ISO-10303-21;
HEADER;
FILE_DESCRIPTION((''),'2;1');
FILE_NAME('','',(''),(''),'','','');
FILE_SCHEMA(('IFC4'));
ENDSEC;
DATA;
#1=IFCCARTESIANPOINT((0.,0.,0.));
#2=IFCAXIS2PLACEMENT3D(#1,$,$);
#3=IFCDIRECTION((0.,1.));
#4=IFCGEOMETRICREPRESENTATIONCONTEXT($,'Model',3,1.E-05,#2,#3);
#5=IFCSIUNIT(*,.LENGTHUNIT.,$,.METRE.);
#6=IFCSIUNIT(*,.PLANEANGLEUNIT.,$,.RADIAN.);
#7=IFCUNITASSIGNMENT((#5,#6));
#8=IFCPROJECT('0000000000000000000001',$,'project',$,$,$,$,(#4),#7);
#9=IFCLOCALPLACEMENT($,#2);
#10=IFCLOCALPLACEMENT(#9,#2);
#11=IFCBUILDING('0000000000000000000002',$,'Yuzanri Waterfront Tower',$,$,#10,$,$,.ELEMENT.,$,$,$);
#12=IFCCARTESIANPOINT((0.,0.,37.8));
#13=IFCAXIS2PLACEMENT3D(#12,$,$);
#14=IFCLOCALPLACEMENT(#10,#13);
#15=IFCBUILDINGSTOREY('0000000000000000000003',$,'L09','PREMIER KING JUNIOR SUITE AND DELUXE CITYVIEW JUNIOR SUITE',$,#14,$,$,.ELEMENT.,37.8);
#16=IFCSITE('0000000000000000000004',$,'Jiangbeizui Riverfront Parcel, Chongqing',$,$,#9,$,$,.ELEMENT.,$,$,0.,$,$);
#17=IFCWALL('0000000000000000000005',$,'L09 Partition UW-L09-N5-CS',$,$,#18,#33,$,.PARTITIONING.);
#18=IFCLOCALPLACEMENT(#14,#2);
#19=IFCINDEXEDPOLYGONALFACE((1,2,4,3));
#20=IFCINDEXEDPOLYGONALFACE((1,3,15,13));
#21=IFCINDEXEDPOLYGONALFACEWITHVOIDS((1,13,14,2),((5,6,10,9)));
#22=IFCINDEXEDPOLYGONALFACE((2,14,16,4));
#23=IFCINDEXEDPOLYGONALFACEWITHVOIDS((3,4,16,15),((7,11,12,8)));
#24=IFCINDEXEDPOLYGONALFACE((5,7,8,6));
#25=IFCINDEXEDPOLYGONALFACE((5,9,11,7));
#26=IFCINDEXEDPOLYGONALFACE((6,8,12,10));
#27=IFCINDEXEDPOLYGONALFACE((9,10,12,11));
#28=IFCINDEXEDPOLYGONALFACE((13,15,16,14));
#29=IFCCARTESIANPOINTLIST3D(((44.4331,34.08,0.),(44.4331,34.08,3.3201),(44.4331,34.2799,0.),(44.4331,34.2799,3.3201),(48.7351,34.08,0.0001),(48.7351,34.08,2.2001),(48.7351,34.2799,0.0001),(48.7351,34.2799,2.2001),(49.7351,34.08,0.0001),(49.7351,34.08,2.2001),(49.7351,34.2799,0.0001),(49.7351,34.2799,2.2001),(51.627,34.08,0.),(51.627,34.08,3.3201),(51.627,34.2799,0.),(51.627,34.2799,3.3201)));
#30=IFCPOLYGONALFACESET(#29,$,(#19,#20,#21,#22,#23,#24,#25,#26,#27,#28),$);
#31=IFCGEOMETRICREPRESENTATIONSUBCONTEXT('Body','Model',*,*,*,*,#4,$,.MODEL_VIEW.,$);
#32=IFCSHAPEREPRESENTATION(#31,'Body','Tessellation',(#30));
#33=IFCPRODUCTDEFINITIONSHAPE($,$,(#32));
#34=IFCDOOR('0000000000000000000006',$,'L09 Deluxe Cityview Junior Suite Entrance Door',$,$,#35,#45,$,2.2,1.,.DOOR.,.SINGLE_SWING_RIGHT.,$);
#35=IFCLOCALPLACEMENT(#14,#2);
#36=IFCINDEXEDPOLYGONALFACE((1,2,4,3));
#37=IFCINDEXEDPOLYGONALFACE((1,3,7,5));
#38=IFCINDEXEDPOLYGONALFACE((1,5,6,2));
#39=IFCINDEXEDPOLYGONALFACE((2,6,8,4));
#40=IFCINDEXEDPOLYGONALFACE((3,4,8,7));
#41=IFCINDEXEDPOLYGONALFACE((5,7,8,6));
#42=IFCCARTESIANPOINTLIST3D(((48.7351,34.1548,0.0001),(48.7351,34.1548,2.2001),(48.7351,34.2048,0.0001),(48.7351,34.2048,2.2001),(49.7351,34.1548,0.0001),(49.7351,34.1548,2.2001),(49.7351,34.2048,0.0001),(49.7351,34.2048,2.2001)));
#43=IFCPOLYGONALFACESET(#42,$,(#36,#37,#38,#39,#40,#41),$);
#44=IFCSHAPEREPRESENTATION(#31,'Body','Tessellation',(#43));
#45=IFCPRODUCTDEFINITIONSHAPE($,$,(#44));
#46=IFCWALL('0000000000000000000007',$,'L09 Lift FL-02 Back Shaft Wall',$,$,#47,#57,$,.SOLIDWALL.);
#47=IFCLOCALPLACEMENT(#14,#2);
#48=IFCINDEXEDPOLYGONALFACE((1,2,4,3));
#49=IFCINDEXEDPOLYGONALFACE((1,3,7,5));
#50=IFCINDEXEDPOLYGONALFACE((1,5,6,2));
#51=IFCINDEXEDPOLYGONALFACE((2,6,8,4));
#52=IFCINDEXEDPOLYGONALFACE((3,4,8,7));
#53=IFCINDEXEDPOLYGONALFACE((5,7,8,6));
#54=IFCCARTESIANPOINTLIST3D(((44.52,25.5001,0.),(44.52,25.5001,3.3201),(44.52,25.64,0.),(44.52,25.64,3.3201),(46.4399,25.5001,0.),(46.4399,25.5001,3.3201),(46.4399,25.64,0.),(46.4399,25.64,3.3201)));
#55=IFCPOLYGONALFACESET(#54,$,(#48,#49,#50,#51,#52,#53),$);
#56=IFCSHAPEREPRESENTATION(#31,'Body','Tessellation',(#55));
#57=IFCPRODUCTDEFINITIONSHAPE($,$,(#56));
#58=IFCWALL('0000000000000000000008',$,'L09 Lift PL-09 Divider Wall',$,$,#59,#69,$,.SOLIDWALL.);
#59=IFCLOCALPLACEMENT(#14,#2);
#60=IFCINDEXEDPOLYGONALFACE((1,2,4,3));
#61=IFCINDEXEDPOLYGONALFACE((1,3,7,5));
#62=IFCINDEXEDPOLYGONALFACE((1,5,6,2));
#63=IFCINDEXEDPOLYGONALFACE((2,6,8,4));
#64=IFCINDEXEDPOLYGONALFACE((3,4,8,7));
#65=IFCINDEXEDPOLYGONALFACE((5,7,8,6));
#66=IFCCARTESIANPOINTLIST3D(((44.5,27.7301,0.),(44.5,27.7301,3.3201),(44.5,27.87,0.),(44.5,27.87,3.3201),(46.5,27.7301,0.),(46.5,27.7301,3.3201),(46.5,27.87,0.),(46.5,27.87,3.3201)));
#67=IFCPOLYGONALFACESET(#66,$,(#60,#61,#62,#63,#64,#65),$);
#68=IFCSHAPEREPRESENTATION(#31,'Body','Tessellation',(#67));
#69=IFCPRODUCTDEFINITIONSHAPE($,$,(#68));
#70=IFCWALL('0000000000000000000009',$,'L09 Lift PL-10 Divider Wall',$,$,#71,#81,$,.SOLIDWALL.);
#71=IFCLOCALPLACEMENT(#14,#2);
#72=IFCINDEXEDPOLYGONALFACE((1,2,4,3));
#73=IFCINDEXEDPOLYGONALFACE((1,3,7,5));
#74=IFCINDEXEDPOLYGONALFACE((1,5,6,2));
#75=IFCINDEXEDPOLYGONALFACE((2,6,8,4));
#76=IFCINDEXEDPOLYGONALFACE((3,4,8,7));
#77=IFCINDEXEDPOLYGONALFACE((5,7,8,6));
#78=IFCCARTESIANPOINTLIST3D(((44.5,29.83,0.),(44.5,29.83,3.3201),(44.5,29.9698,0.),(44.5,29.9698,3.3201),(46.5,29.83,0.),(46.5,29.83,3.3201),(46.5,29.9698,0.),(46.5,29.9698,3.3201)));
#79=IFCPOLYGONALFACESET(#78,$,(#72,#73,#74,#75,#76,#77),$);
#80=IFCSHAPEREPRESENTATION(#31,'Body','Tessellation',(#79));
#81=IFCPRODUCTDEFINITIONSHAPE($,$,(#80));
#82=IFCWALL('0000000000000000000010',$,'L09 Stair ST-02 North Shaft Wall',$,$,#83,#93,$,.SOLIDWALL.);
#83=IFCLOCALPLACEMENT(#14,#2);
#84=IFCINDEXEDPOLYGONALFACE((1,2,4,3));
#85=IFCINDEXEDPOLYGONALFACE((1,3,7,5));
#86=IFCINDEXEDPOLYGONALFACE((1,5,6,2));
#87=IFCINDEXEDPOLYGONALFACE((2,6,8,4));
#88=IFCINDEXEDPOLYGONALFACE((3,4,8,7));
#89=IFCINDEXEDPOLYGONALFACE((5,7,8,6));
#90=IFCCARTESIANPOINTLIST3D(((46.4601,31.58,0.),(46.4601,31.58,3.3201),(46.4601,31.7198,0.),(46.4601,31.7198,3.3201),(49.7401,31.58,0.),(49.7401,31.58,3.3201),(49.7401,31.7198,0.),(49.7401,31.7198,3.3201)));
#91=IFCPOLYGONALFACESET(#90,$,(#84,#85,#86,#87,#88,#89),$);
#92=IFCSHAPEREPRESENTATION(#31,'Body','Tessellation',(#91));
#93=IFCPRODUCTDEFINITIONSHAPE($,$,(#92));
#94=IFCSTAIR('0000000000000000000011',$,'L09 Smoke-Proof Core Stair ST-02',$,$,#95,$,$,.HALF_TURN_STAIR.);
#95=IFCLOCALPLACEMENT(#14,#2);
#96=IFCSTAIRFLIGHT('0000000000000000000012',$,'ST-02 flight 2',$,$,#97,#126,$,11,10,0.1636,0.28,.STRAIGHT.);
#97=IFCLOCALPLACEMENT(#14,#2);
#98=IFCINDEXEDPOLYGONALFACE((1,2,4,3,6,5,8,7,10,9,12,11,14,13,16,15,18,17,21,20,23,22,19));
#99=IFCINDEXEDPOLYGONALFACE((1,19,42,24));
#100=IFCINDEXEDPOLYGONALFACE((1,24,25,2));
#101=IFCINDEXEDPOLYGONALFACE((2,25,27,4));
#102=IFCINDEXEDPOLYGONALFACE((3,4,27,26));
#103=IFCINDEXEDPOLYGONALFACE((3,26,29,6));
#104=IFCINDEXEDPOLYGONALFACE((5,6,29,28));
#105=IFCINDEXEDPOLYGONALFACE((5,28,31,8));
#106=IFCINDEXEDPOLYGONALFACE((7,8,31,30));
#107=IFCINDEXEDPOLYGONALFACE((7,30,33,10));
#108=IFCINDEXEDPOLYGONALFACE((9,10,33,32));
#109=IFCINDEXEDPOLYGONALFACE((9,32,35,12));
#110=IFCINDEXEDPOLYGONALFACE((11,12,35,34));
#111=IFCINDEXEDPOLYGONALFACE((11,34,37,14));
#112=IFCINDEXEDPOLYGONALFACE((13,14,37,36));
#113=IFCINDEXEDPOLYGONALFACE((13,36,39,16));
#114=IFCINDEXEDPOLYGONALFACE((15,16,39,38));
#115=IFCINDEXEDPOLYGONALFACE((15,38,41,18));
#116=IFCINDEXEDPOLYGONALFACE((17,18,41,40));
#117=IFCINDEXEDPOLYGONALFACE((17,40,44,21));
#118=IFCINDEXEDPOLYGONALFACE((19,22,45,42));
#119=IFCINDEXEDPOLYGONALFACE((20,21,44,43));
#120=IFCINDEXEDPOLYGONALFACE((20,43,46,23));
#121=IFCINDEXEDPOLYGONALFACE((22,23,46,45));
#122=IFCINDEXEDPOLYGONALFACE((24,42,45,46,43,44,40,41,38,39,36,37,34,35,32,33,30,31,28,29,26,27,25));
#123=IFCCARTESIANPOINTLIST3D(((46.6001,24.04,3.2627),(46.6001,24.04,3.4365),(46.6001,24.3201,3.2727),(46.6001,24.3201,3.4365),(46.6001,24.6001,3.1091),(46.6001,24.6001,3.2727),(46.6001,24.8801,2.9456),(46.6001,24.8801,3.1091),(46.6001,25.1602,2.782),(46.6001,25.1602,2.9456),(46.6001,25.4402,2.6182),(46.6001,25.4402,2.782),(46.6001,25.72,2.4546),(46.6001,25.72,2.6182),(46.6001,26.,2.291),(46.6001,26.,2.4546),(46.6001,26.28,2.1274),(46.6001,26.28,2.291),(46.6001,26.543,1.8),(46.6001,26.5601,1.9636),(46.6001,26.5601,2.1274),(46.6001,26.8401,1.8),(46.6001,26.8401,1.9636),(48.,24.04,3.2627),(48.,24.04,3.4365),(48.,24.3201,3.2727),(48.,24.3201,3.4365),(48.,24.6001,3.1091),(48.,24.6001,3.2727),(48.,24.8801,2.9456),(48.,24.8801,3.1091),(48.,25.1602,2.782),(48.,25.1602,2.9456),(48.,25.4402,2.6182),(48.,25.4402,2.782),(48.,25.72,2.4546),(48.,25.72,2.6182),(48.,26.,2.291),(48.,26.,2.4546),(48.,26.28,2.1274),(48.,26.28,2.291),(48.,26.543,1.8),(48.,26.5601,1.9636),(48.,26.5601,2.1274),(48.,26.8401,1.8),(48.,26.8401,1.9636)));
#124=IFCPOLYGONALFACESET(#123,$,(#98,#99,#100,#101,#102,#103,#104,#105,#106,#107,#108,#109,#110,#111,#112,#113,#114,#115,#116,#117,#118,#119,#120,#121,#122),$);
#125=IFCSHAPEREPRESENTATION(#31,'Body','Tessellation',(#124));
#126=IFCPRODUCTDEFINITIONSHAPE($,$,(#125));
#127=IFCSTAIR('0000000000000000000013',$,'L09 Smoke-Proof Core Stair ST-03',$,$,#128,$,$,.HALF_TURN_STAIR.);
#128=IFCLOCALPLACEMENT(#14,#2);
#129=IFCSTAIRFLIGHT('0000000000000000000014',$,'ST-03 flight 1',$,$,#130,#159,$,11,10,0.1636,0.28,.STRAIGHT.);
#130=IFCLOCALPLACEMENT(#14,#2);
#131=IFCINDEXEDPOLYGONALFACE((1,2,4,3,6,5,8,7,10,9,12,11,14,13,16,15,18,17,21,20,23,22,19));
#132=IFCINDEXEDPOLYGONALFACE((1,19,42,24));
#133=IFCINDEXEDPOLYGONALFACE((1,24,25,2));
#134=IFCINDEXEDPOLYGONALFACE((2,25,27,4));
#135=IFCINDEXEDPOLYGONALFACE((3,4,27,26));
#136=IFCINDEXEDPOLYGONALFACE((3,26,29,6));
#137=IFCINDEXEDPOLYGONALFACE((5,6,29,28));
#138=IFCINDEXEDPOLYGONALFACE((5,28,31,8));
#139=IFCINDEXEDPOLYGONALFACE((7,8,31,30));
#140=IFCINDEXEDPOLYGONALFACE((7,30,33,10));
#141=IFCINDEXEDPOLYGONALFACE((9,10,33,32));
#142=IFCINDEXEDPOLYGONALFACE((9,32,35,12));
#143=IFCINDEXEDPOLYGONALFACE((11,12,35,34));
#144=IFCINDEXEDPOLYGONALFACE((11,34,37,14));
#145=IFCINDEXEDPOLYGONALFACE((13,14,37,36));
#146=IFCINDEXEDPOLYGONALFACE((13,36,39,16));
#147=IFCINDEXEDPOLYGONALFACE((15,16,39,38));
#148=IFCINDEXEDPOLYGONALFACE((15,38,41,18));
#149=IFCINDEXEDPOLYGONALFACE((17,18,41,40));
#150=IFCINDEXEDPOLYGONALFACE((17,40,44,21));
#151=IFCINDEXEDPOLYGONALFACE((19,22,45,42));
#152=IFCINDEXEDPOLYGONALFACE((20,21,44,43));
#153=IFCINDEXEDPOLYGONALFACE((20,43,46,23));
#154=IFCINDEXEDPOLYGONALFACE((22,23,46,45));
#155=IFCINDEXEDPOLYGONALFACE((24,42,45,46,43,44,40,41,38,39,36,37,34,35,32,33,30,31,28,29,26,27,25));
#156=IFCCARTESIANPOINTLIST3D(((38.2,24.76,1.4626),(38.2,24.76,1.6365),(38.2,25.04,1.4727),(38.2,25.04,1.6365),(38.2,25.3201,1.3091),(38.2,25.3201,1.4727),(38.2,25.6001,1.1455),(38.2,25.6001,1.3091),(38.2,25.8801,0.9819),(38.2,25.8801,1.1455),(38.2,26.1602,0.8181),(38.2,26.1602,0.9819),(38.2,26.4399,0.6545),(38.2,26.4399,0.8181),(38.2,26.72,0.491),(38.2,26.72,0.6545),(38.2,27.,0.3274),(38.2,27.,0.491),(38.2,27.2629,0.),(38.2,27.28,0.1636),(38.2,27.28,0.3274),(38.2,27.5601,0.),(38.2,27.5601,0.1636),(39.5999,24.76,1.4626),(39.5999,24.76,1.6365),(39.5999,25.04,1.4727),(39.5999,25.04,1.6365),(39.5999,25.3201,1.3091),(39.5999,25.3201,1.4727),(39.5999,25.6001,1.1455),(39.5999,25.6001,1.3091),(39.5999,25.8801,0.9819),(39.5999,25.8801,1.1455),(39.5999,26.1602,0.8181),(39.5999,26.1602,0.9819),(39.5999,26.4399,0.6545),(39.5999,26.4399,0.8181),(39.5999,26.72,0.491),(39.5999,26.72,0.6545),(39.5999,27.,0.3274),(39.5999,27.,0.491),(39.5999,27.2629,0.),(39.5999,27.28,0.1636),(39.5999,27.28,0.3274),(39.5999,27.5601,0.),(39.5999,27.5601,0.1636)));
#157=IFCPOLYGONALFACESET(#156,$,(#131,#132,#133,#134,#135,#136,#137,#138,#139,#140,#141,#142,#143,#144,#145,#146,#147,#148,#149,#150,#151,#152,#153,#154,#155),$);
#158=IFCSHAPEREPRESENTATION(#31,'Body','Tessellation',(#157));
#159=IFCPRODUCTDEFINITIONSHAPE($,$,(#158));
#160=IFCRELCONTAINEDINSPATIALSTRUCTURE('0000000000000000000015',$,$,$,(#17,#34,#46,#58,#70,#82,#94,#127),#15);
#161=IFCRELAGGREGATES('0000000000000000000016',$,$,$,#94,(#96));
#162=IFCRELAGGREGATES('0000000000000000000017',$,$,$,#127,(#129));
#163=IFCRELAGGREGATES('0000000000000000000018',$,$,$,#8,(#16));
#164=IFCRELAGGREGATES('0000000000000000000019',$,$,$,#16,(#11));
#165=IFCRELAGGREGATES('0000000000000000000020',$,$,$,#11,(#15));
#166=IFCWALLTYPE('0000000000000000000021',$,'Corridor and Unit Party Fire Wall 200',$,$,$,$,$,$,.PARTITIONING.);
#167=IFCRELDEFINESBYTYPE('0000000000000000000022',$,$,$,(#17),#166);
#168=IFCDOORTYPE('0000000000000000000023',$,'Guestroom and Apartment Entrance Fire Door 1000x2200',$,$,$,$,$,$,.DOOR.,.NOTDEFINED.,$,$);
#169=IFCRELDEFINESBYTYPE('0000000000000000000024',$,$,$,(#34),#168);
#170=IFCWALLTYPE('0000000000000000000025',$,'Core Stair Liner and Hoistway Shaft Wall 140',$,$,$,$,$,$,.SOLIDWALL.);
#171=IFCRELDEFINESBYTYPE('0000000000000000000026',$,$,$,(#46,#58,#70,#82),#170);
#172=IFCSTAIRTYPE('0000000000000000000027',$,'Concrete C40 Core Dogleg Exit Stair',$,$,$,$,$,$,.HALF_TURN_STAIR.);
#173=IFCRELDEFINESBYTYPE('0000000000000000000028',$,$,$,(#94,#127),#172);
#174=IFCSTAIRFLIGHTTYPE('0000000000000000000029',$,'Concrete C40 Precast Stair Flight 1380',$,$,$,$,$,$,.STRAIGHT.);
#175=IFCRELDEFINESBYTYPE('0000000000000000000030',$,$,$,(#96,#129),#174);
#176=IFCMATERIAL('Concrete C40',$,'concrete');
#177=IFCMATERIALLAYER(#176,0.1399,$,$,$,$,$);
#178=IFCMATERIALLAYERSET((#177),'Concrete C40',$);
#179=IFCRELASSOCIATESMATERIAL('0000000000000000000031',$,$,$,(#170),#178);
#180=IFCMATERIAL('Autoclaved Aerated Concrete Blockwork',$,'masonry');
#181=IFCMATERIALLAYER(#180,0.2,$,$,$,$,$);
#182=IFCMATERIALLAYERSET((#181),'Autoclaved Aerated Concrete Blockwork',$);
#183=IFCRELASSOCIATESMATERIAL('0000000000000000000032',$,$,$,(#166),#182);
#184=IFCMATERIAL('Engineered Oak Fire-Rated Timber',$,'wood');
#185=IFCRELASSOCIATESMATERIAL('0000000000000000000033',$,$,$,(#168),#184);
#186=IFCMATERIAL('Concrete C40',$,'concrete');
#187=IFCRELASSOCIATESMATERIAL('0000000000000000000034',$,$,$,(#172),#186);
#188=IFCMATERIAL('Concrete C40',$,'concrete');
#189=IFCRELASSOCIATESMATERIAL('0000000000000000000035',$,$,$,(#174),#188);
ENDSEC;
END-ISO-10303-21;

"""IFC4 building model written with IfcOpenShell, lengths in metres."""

from ifc_helpers import new_model, si_unit, direction, frame, frame_2d, origin, place, context, subcontext, project, spatial, polyline, rectangle, outline, extrude, source, transform, mapped, material, layer, layer_set, type_object, element, fill, aggregate, save


model = new_model("IFC4")

# Units and contexts
model_context = context("Model", 3, precision=1e-05, world=origin(), true_north=direction((0.0, 1.0)))
body_context = subcontext(model_context, "Body", "Model", "MODEL_VIEW")
ifc_project = project(units=[si_unit("LENGTHUNIT", "METRE"), si_unit("PLANEANGLEUNIT", "RADIAN")], contexts=[model_context])

# Site, building, storey
site_placement = place(None, origin())
site = spatial("IfcSite", under=ifc_project, at=site_placement, Name="Jiangbeizui Riverfront Parcel, Chongqing", CompositionType="ELEMENT", RefElevation=0.0)
building_placement = place(site_placement, origin())
building = spatial("IfcBuilding", under=site, at=building_placement, Name="Yuzanri Waterfront Tower", CompositionType="ELEMENT")
storey_placement = place(building_placement, frame((0.0, 0.0, 37.8)))
storey = spatial("IfcBuildingStorey", under=building, at=storey_placement, Name="L09", Description="PREMIER KING JUNIOR SUITE AND DELUXE CITYVIEW JUNIOR SUITE", CompositionType="ELEMENT", Elevation=37.8)

# Wall, opening, door
ifc_material_1 = material(Name="Concrete C40", Category="concrete")
ifc_layer_1 = layer(ifc_material_1, 0.1399)
ifc_layer_set_1 = layer_set([ifc_layer_1], Name="Concrete C40")
wall_type_1 = type_object("IfcWallType", Name="Core Stair Liner and Hoistway Shaft Wall 140", PredefinedType="SOLIDWALL", material=ifc_layer_set_1)
ifc_material_2 = material(Name="Autoclaved Aerated Concrete Blockwork", Category="masonry")
ifc_layer_2 = layer(ifc_material_2, 0.2)
ifc_layer_set_2 = layer_set([ifc_layer_2], Name="Autoclaved Aerated Concrete Blockwork")
wall_type_2 = type_object("IfcWallType", Name="Corridor and Unit Party Fire Wall 200", PredefinedType="PARTITIONING", material=ifc_layer_set_2)
ifc_material_3 = material(Name="Engineered Oak Fire-Rated Timber", Category="wood")
door_type_1 = type_object("IfcDoorType", Name="Guestroom and Apartment Entrance Fire Door 1000x2200", OperationType="NOTDEFINED", PredefinedType="DOOR", material=ifc_material_3)
shared_shape_1 = source(origin(), body_context, "Body", "SweptSolid", [
    extrude(rectangle(XDim=1.0, YDim=2.2, at=frame_2d((0.5, 1.1001))), frame((0.0, 0.0249, 0.0), z_axis=(0.0, -1.0, 0.0), x_axis=(1.0, 0.0, 0.0)), (0.0, 0.0, 1.0), 0.05),
])
wall_1_placement = place(storey_placement, frame((44.4331, 34.1799, 0.0), z_axis=(0.0, 0.0, 1.0), x_axis=(1.0, 0.0, 0.0)))
wall_1 = element("IfcWall", 1, at=wall_1_placement, inside=storey, type_object=wall_type_2, Name="L09 Partition UW-L09-N5-CS", PredefinedType="PARTITIONING", context=body_context, shape_type="SweptSolid", body=[
    extrude(rectangle(XDim=7.1938, YDim=0.2, at=frame_2d((3.5969, 0.0))), origin(), (0.0, 0.0, 1.0), 3.3201),
])
opening_1_placement = place(wall_1_placement, frame((4.302, 0.0, 0.0)))
opening_1 = element("IfcOpeningElement", 2, at=opening_1_placement, cuts=wall_1, PredefinedType="OPENING", context=body_context, shape_type="SweptSolid", body=[
    extrude(rectangle(XDim=1.0, YDim=2.2, at=frame_2d((0.5, 1.1001))), frame((0.0, 0.1147, 0.0), z_axis=(0.0, -1.0, 0.0), x_axis=(1.0, 0.0, 0.0)), (0.0, 0.0, 1.0), 0.2297),
])
door_1_placement = place(opening_1_placement, origin())
door_1 = element("IfcDoor", 3, at=door_1_placement, inside=storey, type_object=door_type_1, Name="L09 Deluxe Cityview Junior Suite Entrance Door", OperationType="SINGLE_SWING_RIGHT", OverallHeight=2.2, OverallWidth=1.0, PredefinedType="DOOR", context=body_context, shape_type="MappedRepresentation", body=[
    mapped(shared_shape_1, transform((0.0, 0.0, 0.0), scale=1.0)),
])
fill(opening_1, door_1)

# Walls
shared_shape_2 = source(origin(), body_context, "Body", "SweptSolid", [
    extrude(rectangle(XDim=1.9199, YDim=0.1399, at=frame_2d((0.96, 0.0))), origin(), (0.0, 0.0, 1.0), 3.3201),
])
wall_2_placement = place(storey_placement, frame((44.52, 25.5701, 0.0), z_axis=(0.0, 0.0, 1.0), x_axis=(1.0, 0.0, 0.0)))
element("IfcWall", 4, at=wall_2_placement, inside=storey, type_object=wall_type_1, Name="L09 Lift FL-02 Back Shaft Wall", PredefinedType="SOLIDWALL", context=body_context, shape_type="MappedRepresentation", body=[
    mapped(shared_shape_2, transform((0.0, 0.0, 0.0), scale=1.0)),
])
shared_shape_3 = source(origin(), body_context, "Body", "SweptSolid", [
    extrude(rectangle(XDim=2.0, YDim=0.1399, at=frame_2d((1.0, 0.0))), origin(), (0.0, 0.0, 1.0), 3.3201),
])
for number, where, z_axis, x_axis, name in (
    (5, (44.5, 27.8, 0.0), (0.0, 0.0, 1.0), (1.0, 0.0, 0.0), "L09 Lift PL-09 Divider Wall"),
    (6, (44.5, 29.8999, 0.0), (0.0, 0.0, 1.0), (1.0, 0.0, 0.0), "L09 Lift PL-10 Divider Wall"),
):
    element("IfcWall", number, at=place(storey_placement, frame(where, z_axis=z_axis, x_axis=x_axis)), inside=storey, type_object=wall_type_1, Name=name, PredefinedType="SOLIDWALL", context=body_context, shape_type="MappedRepresentation", body=[
        mapped(shared_shape_3, transform((0.0, 0.0, 0.0), scale=1.0)),
    ])
shared_shape_4 = source(origin(), body_context, "Body", "SweptSolid", [
    extrude(rectangle(XDim=3.28, YDim=0.1399, at=frame_2d((1.6401, 0.0))), origin(), (0.0, 0.0, 1.0), 3.3201),
])
wall_3_placement = place(storey_placement, frame((46.46, 31.6499, 0.0), z_axis=(0.0, 0.0, 1.0), x_axis=(1.0, 0.0, 0.0)))
element("IfcWall", 7, at=wall_3_placement, inside=storey, type_object=wall_type_1, Name="L09 Stair ST-02 North Shaft Wall", PredefinedType="SOLIDWALL", context=body_context, shape_type="MappedRepresentation", body=[
    mapped(shared_shape_4, transform((0.0, 0.0, 0.0), scale=1.0)),
])

# Stairs, stair flights
ifc_material_4 = material(Name="Concrete C40", Category="concrete")
stair_type = type_object("IfcStairType", Name="Concrete C40 Core Dogleg Exit Stair", PredefinedType="HALF_TURN_STAIR", material=ifc_material_4)
stair_1_placement = place(storey_placement, origin())
stair_1 = element("IfcStair", 8, at=stair_1_placement, inside=storey, type_object=stair_type, Name="L09 Smoke-Proof Core Stair ST-02", PredefinedType="HALF_TURN_STAIR")
ifc_material_5 = material(Name="Concrete C40", Category="concrete")
stair_flight_type = type_object("IfcStairFlightType", Name="Concrete C40 Precast Stair Flight 1380", PredefinedType="STRAIGHT", material=ifc_material_5)
shared_shape_5 = source(origin(), body_context, "Body", "SweptSolid", [
    extrude(outline(polyline([(0.0, 0.0), (0.0, 0.1636), (0.28, 0.1636), (0.28, 0.3274), (0.5601, 0.3274), (0.5601, 0.491), (0.8401, 0.491), (0.8401, 0.6545), (1.1201, 0.6545), (1.1201, 0.8181), (1.3999, 0.8181), (1.3999, 0.9819), (1.6799, 0.9819), (1.6799, 1.1455), (1.96, 1.1455), (1.96, 1.3091), (2.24, 1.3091), (2.24, 1.4727), (2.52, 1.4727), (2.52, 1.6365), (2.8, 1.6365), (2.8, 1.8), (2.8, 1.4626), (0.2971, 0.0), (0.0, 0.0)])), frame((0.0, 0.7, 0.0), z_axis=(0.0, -1.0, 0.0), x_axis=(1.0, 0.0, 0.0)), (0.0, 0.0, 1.0), 1.3999),
])
stair_flight_1_placement = place(storey_placement, frame((47.3, 26.8401, 1.8), z_axis=(0.0, 0.0, 1.0), x_axis=(0.0, -1.0, 0.0)))
stair_flight_1 = element("IfcStairFlight", 9, at=stair_flight_1_placement, type_object=stair_flight_type, Name="ST-02 flight 2", NumberOfRisers=11, NumberOfTreads=10, PredefinedType="STRAIGHT", RiserHeight=0.1636, TreadLength=0.28, context=body_context, shape_type="MappedRepresentation", body=[
    mapped(shared_shape_5, transform((0.0, 0.0, 0.0), scale=1.0)),
])
aggregate(stair_1, [stair_flight_1])
stair_2_placement = place(storey_placement, origin())
stair_2 = element("IfcStair", 10, at=stair_2_placement, inside=storey, type_object=stair_type, Name="L09 Smoke-Proof Core Stair ST-03", PredefinedType="HALF_TURN_STAIR")
stair_flight_2_placement = place(storey_placement, frame((38.8999, 27.5601, 0.0), z_axis=(0.0, 0.0, 1.0), x_axis=(0.0, -1.0, 0.0)))
stair_flight_2 = element("IfcStairFlight", 11, at=stair_flight_2_placement, type_object=stair_flight_type, Name="ST-03 flight 1", NumberOfRisers=11, NumberOfTreads=10, PredefinedType="STRAIGHT", RiserHeight=0.1636, TreadLength=0.28, context=body_context, shape_type="MappedRepresentation", body=[
    mapped(shared_shape_5, transform((0.0, 0.0, 0.0), scale=1.0)),
])
aggregate(stair_2, [stair_flight_2])

save(model, "model.ifc")
